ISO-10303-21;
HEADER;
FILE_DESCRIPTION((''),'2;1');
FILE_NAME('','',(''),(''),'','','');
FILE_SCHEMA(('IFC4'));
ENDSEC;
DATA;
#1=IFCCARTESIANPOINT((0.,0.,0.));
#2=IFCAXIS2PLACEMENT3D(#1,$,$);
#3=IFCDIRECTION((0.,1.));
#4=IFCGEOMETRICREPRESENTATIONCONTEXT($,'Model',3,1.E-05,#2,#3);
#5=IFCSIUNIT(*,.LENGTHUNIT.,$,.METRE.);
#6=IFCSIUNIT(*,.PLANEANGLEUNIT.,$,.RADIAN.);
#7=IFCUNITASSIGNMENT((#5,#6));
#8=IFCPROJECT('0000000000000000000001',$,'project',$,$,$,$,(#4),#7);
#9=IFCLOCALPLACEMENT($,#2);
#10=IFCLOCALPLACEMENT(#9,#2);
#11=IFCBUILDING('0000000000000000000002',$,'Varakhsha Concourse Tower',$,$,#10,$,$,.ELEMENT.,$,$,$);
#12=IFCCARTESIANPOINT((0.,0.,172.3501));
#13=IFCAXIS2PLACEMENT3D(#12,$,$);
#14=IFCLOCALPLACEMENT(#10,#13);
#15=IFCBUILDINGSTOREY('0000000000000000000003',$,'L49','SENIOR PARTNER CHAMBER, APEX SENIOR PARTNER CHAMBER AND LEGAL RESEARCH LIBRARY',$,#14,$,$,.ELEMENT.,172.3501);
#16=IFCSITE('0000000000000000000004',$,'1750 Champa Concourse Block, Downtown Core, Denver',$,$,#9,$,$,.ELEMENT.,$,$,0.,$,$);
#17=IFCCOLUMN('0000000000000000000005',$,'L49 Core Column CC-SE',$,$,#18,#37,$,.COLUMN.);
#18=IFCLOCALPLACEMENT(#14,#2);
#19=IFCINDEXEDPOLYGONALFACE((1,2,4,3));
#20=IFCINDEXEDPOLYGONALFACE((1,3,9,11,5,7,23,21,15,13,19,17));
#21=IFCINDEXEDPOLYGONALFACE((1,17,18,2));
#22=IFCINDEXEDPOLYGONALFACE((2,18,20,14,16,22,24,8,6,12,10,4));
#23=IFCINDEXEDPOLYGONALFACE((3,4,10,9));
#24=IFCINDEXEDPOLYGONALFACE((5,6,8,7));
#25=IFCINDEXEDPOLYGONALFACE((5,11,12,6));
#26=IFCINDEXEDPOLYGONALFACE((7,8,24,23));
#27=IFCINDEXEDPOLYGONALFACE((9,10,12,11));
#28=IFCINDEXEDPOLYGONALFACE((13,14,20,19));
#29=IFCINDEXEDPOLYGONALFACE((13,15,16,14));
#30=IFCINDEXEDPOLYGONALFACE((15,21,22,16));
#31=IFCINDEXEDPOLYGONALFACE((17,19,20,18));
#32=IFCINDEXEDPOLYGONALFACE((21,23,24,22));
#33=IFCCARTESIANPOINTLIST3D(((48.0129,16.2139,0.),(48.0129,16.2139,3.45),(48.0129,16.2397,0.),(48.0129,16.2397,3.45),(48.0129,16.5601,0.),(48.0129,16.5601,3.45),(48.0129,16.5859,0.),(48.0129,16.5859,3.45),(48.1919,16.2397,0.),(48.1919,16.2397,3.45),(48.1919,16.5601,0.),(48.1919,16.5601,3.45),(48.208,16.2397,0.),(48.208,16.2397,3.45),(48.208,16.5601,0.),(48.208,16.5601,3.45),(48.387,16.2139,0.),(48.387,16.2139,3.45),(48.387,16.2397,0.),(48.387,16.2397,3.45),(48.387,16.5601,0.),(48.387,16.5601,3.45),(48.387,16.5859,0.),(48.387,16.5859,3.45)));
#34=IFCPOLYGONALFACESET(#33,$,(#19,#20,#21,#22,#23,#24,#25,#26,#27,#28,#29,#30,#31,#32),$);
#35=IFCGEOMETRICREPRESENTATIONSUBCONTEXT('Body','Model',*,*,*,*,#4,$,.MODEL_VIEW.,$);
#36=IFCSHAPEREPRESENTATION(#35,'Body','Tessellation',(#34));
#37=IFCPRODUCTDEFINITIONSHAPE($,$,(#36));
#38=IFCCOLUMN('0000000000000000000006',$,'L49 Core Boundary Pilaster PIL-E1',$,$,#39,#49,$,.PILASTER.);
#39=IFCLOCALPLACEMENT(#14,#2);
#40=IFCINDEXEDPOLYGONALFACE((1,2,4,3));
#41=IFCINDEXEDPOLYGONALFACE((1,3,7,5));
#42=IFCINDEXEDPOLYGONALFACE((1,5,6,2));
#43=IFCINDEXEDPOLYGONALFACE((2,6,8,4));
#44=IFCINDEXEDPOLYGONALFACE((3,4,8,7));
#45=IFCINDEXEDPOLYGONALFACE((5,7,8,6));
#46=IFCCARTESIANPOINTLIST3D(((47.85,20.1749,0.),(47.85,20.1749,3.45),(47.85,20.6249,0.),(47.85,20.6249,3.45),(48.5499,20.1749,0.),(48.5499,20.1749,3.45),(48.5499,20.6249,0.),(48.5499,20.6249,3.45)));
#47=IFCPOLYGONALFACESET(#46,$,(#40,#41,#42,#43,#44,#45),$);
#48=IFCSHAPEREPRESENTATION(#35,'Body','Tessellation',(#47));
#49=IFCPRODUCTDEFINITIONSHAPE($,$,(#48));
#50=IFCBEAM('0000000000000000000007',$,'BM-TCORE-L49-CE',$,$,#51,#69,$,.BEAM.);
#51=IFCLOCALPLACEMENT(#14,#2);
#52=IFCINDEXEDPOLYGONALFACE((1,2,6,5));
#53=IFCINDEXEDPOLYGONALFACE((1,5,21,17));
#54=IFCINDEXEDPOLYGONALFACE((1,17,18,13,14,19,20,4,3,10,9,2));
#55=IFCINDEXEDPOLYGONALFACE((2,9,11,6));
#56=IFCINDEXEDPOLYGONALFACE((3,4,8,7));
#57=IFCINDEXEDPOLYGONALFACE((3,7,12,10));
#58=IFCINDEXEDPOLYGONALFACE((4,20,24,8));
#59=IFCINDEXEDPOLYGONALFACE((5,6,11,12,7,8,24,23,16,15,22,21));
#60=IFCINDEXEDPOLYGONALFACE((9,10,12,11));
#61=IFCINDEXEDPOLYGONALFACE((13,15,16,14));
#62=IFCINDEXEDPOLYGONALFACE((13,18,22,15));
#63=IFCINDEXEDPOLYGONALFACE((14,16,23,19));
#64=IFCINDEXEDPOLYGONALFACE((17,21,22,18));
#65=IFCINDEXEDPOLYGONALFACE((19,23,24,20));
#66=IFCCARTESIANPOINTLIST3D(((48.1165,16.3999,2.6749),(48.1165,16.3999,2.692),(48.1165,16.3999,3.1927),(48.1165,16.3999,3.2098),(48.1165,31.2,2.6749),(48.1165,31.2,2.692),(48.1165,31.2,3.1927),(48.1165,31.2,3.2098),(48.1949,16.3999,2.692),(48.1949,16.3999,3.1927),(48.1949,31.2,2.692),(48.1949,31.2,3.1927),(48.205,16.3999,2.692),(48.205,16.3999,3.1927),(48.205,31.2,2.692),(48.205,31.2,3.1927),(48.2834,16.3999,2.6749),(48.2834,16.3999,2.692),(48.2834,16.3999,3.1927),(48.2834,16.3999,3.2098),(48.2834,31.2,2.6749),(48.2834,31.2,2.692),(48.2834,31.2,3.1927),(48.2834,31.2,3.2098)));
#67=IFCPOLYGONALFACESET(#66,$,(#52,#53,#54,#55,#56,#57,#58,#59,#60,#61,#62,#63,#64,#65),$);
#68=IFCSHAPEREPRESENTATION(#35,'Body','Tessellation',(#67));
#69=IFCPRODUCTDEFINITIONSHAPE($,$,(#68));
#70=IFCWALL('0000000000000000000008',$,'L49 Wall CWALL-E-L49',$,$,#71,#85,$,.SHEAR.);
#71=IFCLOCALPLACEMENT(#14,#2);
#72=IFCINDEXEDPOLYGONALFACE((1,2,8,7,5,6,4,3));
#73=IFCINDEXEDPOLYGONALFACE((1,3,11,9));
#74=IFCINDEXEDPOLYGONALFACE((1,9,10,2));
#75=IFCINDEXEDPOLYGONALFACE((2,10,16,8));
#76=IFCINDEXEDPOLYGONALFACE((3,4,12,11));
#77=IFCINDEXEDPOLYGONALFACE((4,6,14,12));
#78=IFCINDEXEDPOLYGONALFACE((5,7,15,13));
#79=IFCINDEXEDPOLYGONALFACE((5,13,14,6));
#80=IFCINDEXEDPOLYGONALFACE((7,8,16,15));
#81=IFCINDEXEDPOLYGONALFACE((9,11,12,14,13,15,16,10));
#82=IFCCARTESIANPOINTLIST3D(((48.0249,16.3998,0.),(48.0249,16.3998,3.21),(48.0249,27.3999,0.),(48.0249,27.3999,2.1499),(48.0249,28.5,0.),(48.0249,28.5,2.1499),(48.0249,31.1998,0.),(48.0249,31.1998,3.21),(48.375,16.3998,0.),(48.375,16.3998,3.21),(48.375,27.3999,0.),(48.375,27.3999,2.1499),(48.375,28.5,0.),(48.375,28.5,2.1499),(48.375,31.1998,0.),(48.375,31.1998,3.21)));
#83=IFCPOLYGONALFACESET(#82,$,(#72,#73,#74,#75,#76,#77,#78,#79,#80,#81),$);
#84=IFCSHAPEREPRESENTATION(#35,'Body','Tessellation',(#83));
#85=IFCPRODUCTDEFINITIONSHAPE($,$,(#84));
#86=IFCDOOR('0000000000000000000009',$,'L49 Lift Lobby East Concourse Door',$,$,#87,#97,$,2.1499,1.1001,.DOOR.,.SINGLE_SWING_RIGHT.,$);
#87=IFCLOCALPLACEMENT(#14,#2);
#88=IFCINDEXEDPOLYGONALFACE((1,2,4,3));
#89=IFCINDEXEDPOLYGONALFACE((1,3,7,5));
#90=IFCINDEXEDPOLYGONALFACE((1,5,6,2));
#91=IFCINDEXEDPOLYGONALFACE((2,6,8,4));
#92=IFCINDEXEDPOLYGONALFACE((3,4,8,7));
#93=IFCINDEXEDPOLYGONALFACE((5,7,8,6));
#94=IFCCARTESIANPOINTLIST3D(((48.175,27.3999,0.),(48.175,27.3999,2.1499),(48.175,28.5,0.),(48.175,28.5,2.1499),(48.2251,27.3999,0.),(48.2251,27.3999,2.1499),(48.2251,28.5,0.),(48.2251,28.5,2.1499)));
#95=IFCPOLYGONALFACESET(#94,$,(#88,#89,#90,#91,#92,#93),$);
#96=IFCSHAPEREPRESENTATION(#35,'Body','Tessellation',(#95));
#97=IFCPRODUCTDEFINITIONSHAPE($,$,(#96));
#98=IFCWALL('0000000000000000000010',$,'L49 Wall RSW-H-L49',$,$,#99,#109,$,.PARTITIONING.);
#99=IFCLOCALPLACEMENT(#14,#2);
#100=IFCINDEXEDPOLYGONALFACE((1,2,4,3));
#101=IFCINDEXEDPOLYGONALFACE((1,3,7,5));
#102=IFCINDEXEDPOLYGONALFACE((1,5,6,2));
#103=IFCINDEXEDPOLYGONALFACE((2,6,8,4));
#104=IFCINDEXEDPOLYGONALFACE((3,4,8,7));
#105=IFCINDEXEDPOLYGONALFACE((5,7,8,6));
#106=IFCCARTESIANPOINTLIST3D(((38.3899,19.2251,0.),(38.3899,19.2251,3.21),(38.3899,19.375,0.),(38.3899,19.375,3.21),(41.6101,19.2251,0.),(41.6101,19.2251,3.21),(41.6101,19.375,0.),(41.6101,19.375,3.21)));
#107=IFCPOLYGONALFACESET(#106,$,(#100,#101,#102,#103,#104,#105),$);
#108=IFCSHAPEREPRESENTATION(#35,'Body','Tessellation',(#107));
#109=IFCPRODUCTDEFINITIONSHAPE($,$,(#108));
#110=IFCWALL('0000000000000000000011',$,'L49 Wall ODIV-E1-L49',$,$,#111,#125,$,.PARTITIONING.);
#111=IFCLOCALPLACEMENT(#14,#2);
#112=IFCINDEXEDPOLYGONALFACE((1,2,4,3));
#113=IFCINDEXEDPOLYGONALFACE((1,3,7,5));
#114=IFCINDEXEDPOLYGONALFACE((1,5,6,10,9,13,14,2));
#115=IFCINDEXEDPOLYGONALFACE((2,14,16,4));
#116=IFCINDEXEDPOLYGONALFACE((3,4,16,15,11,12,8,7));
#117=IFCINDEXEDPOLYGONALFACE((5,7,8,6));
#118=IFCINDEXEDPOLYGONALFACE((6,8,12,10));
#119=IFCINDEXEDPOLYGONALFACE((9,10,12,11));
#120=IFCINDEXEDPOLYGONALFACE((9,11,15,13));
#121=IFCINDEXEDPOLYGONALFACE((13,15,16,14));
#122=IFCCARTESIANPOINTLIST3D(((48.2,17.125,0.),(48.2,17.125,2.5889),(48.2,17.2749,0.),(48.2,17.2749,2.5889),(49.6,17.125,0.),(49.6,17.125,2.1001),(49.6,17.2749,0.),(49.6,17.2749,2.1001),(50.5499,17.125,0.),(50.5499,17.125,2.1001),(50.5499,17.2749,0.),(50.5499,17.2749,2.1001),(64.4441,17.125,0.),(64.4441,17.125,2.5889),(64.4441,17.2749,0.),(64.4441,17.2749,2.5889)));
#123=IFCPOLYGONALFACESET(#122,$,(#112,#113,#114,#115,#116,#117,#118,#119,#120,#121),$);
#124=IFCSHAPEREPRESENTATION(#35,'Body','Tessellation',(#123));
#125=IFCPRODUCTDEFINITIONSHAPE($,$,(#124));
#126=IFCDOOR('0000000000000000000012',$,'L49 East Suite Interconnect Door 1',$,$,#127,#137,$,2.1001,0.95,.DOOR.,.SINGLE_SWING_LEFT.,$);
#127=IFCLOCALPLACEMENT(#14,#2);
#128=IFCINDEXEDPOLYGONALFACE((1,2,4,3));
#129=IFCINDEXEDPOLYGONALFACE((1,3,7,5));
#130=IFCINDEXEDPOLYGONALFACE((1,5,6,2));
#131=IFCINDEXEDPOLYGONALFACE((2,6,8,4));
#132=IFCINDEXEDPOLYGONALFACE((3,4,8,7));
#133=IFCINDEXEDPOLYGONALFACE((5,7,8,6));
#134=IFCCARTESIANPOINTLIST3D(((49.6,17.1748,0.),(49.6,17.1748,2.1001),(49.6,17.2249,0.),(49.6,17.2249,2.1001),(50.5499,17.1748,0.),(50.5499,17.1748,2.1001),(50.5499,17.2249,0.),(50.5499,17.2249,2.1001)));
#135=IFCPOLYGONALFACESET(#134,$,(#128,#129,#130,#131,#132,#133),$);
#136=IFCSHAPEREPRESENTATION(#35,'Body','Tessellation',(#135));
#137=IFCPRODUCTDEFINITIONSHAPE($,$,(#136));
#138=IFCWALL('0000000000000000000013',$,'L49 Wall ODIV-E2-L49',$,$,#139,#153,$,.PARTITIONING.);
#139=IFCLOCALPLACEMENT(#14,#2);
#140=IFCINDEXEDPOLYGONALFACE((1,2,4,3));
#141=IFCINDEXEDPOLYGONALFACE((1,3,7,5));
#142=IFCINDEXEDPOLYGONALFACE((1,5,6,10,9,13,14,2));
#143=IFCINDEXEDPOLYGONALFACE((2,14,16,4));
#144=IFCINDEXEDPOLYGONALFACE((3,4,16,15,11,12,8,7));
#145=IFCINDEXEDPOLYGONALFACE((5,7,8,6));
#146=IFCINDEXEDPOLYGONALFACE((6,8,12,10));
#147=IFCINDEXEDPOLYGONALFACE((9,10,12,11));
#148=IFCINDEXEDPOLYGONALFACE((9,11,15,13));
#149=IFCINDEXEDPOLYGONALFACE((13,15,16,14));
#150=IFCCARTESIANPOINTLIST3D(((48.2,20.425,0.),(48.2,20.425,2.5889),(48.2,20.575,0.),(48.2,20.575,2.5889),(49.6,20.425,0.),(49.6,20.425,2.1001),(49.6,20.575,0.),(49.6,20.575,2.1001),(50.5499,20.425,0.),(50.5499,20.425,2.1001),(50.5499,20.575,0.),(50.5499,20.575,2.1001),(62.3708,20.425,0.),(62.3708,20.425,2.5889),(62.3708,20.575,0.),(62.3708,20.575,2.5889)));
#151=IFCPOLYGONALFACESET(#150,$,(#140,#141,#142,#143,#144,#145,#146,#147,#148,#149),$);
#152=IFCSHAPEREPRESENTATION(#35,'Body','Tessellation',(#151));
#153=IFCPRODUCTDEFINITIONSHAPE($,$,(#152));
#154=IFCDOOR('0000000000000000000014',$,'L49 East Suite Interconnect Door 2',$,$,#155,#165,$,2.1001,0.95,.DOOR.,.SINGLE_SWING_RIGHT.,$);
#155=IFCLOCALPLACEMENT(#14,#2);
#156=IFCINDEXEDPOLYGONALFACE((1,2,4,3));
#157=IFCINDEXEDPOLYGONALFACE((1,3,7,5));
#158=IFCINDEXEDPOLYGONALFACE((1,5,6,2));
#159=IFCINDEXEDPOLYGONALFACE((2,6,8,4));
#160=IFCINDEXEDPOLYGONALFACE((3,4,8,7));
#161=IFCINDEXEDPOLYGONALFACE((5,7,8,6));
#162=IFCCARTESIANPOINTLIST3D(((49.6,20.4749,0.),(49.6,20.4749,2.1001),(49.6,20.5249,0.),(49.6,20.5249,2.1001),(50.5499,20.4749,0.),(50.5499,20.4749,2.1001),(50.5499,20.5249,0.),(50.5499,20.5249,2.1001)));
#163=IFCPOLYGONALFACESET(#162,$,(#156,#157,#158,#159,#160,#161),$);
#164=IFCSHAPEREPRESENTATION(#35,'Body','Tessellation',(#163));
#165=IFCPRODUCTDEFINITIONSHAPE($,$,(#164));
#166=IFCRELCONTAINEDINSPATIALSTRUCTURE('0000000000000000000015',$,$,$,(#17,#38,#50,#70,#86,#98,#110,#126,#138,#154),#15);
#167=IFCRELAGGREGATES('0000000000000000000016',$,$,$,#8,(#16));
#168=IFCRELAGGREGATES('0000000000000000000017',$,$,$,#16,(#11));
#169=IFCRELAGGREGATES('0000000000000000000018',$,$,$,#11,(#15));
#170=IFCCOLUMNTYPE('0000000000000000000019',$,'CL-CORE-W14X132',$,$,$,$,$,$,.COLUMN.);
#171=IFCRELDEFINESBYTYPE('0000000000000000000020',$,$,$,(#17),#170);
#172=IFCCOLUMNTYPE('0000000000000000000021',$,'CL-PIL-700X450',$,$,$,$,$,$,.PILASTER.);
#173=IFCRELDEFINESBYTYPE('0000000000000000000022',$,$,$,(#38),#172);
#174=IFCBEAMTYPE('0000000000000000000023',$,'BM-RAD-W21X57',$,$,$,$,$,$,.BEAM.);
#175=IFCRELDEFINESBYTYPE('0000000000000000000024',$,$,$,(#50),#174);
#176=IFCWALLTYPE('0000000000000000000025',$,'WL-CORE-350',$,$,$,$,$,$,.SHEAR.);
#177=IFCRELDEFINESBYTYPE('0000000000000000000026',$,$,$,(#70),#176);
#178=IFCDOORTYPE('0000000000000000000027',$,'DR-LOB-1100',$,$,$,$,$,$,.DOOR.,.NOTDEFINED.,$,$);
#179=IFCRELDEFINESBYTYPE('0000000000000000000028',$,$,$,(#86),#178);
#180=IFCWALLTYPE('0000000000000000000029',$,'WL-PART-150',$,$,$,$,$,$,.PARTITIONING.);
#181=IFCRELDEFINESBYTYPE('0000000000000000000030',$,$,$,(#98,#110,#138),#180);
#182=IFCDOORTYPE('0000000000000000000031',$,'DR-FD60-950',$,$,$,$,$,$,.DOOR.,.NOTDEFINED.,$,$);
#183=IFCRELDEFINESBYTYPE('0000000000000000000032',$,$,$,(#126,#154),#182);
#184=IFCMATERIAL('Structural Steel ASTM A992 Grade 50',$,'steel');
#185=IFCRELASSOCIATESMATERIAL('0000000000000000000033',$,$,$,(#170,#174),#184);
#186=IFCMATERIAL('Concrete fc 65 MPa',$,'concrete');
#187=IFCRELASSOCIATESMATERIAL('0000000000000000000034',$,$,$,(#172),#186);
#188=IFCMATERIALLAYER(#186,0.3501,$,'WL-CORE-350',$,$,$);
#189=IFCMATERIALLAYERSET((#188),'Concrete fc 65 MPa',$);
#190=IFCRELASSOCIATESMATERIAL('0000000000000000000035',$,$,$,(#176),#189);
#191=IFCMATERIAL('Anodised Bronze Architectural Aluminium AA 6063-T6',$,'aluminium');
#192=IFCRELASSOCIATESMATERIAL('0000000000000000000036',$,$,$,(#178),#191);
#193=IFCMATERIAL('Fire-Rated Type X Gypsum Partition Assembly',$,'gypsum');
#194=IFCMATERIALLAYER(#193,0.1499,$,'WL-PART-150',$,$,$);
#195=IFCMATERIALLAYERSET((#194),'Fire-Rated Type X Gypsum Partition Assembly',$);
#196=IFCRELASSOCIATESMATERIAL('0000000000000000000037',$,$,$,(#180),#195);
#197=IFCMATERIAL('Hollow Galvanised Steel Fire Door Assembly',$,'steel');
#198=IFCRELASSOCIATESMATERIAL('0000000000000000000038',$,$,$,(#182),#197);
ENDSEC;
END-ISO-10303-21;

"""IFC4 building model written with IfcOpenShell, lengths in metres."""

from ifc_helpers import new_model, si_unit, direction, frame, frame_2d, origin, origin_2d, place, context, subcontext, project, spatial, rectangle, i_section, extrude, material, layer, layer_set, material_profile, profile_set, type_object, element, fill, save


model = new_model("IFC4")

# Units and contexts
model_context = context("Model", 3, precision=1e-05, world=origin(), true_north=direction((0.0, 1.0)))
body_context = subcontext(model_context, "Body", "Model", "MODEL_VIEW")
ifc_project = project(units=[si_unit("LENGTHUNIT", "METRE"), si_unit("PLANEANGLEUNIT", "RADIAN")], contexts=[model_context])

# Site, building, storey
site_placement = place(None, origin())
site = spatial("IfcSite", under=ifc_project, at=site_placement, Name="1750 Champa Concourse Block, Downtown Core, Denver", CompositionType="ELEMENT", RefElevation=0.0)
building_placement = place(site_placement, origin())
building = spatial("IfcBuilding", under=site, at=building_placement, Name="Varakhsha Concourse Tower", CompositionType="ELEMENT")
storey_placement = place(building_placement, frame((0.0, 0.0, 172.3501)))
storey = spatial("IfcBuildingStorey", under=building, at=storey_placement, Name="L49", Description="SENIOR PARTNER CHAMBER, APEX SENIOR PARTNER CHAMBER AND LEGAL RESEARCH LIBRARY", CompositionType="ELEMENT", Elevation=172.3501)

# Columns
ifc_material_1 = material(Name="Structural Steel ASTM A992 Grade 50", Category="steel")
ifc_material_profile_1 = material_profile(ifc_material_1, i_section(OverallWidth=0.374, OverallDepth=0.3721, WebThickness=0.0161, FlangeThickness=0.0259, at=origin_2d()), Name="W14X132")
ifc_profile_set_1 = profile_set([ifc_material_profile_1], Name="Structural Steel ASTM A992 Grade 50")
column_type_1 = type_object("IfcColumnType", Name="CL-CORE-W14X132", PredefinedType="COLUMN", material=ifc_profile_set_1)
column_1_placement = place(storey_placement, frame((48.2, 16.3999, 0.0), z_axis=(0.0, 0.0, 1.0), x_axis=(1.0, 0.0, 0.0)))
element("IfcColumn", 1, at=column_1_placement, inside=storey, type_object=column_type_1, Name="L49 Core Column CC-SE", PredefinedType="COLUMN", context=body_context, shape_type="SweptSolid", body=[
    extrude(i_section(OverallWidth=0.374, OverallDepth=0.3721, WebThickness=0.0161, FlangeThickness=0.0259, at=origin_2d()), origin(), (0.0, 0.0, 1.0), 3.45),
])
ifc_material_2 = material(Name="Concrete fc 65 MPa", Category="concrete")
ifc_material_profile_2 = material_profile(ifc_material_2, rectangle(XDim=0.7, YDim=0.45, at=origin_2d()), Name="RC 700x450")
ifc_profile_set_2 = profile_set([ifc_material_profile_2], Name="Concrete fc 65 MPa")
column_type_2 = type_object("IfcColumnType", Name="CL-PIL-700X450", PredefinedType="PILASTER", material=ifc_profile_set_2)
column_2_placement = place(storey_placement, frame((48.2, 20.3999, 0.0), z_axis=(0.0, 0.0, 1.0), x_axis=(1.0, 0.0, 0.0)))
element("IfcColumn", 2, at=column_2_placement, inside=storey, type_object=column_type_2, Name="L49 Core Boundary Pilaster PIL-E1", PredefinedType="PILASTER", context=body_context, shape_type="SweptSolid", body=[
    extrude(rectangle(XDim=0.7, YDim=0.45, at=origin_2d()), origin(), (0.0, 0.0, 1.0), 3.45),
])

# Beam
ifc_material_profile_3 = material_profile(ifc_material_1, i_section(OverallWidth=0.167, OverallDepth=0.5349, WebThickness=0.01, FlangeThickness=0.0171, at=origin_2d()), Name="W21X57")
ifc_profile_set_3 = profile_set([ifc_material_profile_3], Name="Structural Steel ASTM A992 Grade 50")
beam_type = type_object("IfcBeamType", Name="BM-RAD-W21X57", PredefinedType="BEAM", material=ifc_profile_set_3)
beam_placement = place(storey_placement, frame((48.2, 16.3999, 2.9424), z_axis=(0.0, 1.0, 0.0), x_axis=(-1.0, 0.0, 0.0)))
element("IfcBeam", 3, at=beam_placement, inside=storey, type_object=beam_type, Name="BM-TCORE-L49-CE", PredefinedType="BEAM", context=body_context, shape_type="SweptSolid", body=[
    extrude(i_section(OverallWidth=0.167, OverallDepth=0.5349, WebThickness=0.01, FlangeThickness=0.0171, at=origin_2d()), origin(), (0.0, 0.0, 1.0), 14.8),
])

# Wall, opening, door
ifc_layer_1 = layer(ifc_material_2, 0.3501, Name="WL-CORE-350")
ifc_layer_set_1 = layer_set([ifc_layer_1], Name="Concrete fc 65 MPa")
wall_type_1 = type_object("IfcWallType", Name="WL-CORE-350", PredefinedType="SHEAR", material=ifc_layer_set_1)
wall_1_placement = place(storey_placement, frame((48.2, 16.3999, 0.0), z_axis=(0.0, 0.0, 1.0), x_axis=(0.0, 1.0, 0.0)))
wall_1 = element("IfcWall", 4, at=wall_1_placement, inside=storey, type_object=wall_type_1, Name="L49 Wall CWALL-E-L49", PredefinedType="SHEAR", context=body_context, shape_type="SweptSolid", body=[
    extrude(rectangle(XDim=14.8, YDim=0.3501, at=frame_2d((7.3999, 0.0))), origin(), (0.0, 0.0, 1.0), 3.21),
])
opening_1_placement = place(wall_1_placement, frame((11.0, 0.0, 0.0)))
opening_1 = element("IfcOpeningElement", 5, at=opening_1_placement, cuts=wall_1, PredefinedType="OPENING", context=body_context, shape_type="SweptSolid", body=[
    extrude(rectangle(XDim=1.1001, YDim=2.1499, at=frame_2d((0.55, 1.075))), frame((0.0, 0.1851, 0.0), z_axis=(0.0, -1.0, 0.0), x_axis=(1.0, 0.0, 0.0)), (0.0, 0.0, 1.0), 0.3701),
])
ifc_material_3 = material(Name="Anodised Bronze Architectural Aluminium AA 6063-T6", Category="aluminium")
door_type_1 = type_object("IfcDoorType", Name="DR-LOB-1100", OperationType="NOTDEFINED", PredefinedType="DOOR", material=ifc_material_3)
door_1_placement = place(opening_1_placement, origin())
door_1 = element("IfcDoor", 6, at=door_1_placement, inside=storey, type_object=door_type_1, Name="L49 Lift Lobby East Concourse Door", OperationType="SINGLE_SWING_RIGHT", OverallHeight=2.1499, OverallWidth=1.1001, PredefinedType="DOOR", context=body_context, shape_type="SweptSolid", body=[
    extrude(rectangle(XDim=1.1001, YDim=2.1499, at=frame_2d((0.55, 1.075))), frame((0.0, 0.0249, 0.0), z_axis=(0.0, -1.0, 0.0), x_axis=(1.0, 0.0, 0.0)), (0.0, 0.0, 1.0), 0.05),
])
fill(opening_1, door_1)

# Wall
ifc_material_4 = material(Name="Fire-Rated Type X Gypsum Partition Assembly", Category="gypsum")
ifc_layer_2 = layer(ifc_material_4, 0.1499, Name="WL-PART-150")
ifc_layer_set_2 = layer_set([ifc_layer_2], Name="Fire-Rated Type X Gypsum Partition Assembly")
wall_type_2 = type_object("IfcWallType", Name="WL-PART-150", PredefinedType="PARTITIONING", material=ifc_layer_set_2)
wall_2_placement = place(storey_placement, frame((38.3899, 19.3, 0.0), z_axis=(0.0, 0.0, 1.0), x_axis=(1.0, 0.0, 0.0)))
element("IfcWall", 7, at=wall_2_placement, inside=storey, type_object=wall_type_2, Name="L49 Wall RSW-H-L49", PredefinedType="PARTITIONING", context=body_context, shape_type="SweptSolid", body=[
    extrude(rectangle(XDim=3.2202, YDim=0.1499, at=frame_2d((1.6101, 0.0))), origin(), (0.0, 0.0, 1.0), 3.21),
])

# Walls, openings, doors
wall_3_placement = place(storey_placement, frame((48.2, 17.2, 0.0), z_axis=(0.0, 0.0, 1.0), x_axis=(1.0, 0.0, 0.0)))
wall_3 = element("IfcWall", 8, at=wall_3_placement, inside=storey, type_object=wall_type_2, Name="L49 Wall ODIV-E1-L49", PredefinedType="PARTITIONING", context=body_context, shape_type="SweptSolid", body=[
    extrude(rectangle(XDim=16.2441, YDim=0.1499, at=frame_2d((8.1221, 0.0))), origin(), (0.0, 0.0, 1.0), 2.5889),
])
opening_2_placement = place(wall_3_placement, frame((1.3999, 0.0, 0.0)))
opening_2 = element("IfcOpeningElement", 9, at=opening_2_placement, cuts=wall_3, PredefinedType="OPENING", context=body_context, shape_type="SweptSolid", body=[
    extrude(rectangle(XDim=0.95, YDim=2.1001, at=frame_2d((0.4751, 1.05))), frame((0.0, 0.085, 0.0), z_axis=(0.0, -1.0, 0.0), x_axis=(1.0, 0.0, 0.0)), (0.0, 0.0, 1.0), 0.1699),
])
ifc_material_5 = material(Name="Hollow Galvanised Steel Fire Door Assembly", Category="steel")
door_type_2 = type_object("IfcDoorType", Name="DR-FD60-950", OperationType="NOTDEFINED", PredefinedType="DOOR", material=ifc_material_5)
door_2_placement = place(opening_2_placement, origin())
door_2 = element("IfcDoor", 10, at=door_2_placement, inside=storey, type_object=door_type_2, Name="L49 East Suite Interconnect Door 1", OperationType="SINGLE_SWING_LEFT", OverallHeight=2.1001, OverallWidth=0.95, PredefinedType="DOOR", context=body_context, shape_type="SweptSolid", body=[
    extrude(rectangle(XDim=0.95, YDim=2.1001, at=frame_2d((0.4751, 1.05))), frame((0.0, 0.0249, 0.0), z_axis=(0.0, -1.0, 0.0), x_axis=(1.0, 0.0, 0.0)), (0.0, 0.0, 1.0), 0.05),
])
fill(opening_2, door_2)
wall_4_placement = place(storey_placement, frame((48.2, 20.5, 0.0), z_axis=(0.0, 0.0, 1.0), x_axis=(1.0, 0.0, 0.0)))
wall_4 = element("IfcWall", 11, at=wall_4_placement, inside=storey, type_object=wall_type_2, Name="L49 Wall ODIV-E2-L49", PredefinedType="PARTITIONING", context=body_context, shape_type="SweptSolid", body=[
    extrude(rectangle(XDim=14.1709, YDim=0.1499, at=frame_2d((7.0854, 0.0))), origin(), (0.0, 0.0, 1.0), 2.5889),
])
opening_3_placement = place(wall_4_placement, frame((1.3999, 0.0, 0.0)))
opening_3 = element("IfcOpeningElement", 12, at=opening_3_placement, cuts=wall_4, PredefinedType="OPENING", context=body_context, shape_type="SweptSolid", body=[
    extrude(rectangle(XDim=0.95, YDim=2.1001, at=frame_2d((0.4751, 1.05))), frame((0.0, 0.085, 0.0), z_axis=(0.0, -1.0, 0.0), x_axis=(1.0, 0.0, 0.0)), (0.0, 0.0, 1.0), 0.1699),
])
door_3_placement = place(opening_3_placement, origin())
door_3 = element("IfcDoor", 13, at=door_3_placement, inside=storey, type_object=door_type_2, Name="L49 East Suite Interconnect Door 2", OperationType="SINGLE_SWING_RIGHT", OverallHeight=2.1001, OverallWidth=0.95, PredefinedType="DOOR", context=body_context, shape_type="SweptSolid", body=[
    extrude(rectangle(XDim=0.95, YDim=2.1001, at=frame_2d((0.4751, 1.05))), frame((0.0, 0.0249, 0.0), z_axis=(0.0, -1.0, 0.0), x_axis=(1.0, 0.0, 0.0)), (0.0, 0.0, 1.0), 0.05),
])
fill(opening_3, door_3)

save(model, "model.ifc")
